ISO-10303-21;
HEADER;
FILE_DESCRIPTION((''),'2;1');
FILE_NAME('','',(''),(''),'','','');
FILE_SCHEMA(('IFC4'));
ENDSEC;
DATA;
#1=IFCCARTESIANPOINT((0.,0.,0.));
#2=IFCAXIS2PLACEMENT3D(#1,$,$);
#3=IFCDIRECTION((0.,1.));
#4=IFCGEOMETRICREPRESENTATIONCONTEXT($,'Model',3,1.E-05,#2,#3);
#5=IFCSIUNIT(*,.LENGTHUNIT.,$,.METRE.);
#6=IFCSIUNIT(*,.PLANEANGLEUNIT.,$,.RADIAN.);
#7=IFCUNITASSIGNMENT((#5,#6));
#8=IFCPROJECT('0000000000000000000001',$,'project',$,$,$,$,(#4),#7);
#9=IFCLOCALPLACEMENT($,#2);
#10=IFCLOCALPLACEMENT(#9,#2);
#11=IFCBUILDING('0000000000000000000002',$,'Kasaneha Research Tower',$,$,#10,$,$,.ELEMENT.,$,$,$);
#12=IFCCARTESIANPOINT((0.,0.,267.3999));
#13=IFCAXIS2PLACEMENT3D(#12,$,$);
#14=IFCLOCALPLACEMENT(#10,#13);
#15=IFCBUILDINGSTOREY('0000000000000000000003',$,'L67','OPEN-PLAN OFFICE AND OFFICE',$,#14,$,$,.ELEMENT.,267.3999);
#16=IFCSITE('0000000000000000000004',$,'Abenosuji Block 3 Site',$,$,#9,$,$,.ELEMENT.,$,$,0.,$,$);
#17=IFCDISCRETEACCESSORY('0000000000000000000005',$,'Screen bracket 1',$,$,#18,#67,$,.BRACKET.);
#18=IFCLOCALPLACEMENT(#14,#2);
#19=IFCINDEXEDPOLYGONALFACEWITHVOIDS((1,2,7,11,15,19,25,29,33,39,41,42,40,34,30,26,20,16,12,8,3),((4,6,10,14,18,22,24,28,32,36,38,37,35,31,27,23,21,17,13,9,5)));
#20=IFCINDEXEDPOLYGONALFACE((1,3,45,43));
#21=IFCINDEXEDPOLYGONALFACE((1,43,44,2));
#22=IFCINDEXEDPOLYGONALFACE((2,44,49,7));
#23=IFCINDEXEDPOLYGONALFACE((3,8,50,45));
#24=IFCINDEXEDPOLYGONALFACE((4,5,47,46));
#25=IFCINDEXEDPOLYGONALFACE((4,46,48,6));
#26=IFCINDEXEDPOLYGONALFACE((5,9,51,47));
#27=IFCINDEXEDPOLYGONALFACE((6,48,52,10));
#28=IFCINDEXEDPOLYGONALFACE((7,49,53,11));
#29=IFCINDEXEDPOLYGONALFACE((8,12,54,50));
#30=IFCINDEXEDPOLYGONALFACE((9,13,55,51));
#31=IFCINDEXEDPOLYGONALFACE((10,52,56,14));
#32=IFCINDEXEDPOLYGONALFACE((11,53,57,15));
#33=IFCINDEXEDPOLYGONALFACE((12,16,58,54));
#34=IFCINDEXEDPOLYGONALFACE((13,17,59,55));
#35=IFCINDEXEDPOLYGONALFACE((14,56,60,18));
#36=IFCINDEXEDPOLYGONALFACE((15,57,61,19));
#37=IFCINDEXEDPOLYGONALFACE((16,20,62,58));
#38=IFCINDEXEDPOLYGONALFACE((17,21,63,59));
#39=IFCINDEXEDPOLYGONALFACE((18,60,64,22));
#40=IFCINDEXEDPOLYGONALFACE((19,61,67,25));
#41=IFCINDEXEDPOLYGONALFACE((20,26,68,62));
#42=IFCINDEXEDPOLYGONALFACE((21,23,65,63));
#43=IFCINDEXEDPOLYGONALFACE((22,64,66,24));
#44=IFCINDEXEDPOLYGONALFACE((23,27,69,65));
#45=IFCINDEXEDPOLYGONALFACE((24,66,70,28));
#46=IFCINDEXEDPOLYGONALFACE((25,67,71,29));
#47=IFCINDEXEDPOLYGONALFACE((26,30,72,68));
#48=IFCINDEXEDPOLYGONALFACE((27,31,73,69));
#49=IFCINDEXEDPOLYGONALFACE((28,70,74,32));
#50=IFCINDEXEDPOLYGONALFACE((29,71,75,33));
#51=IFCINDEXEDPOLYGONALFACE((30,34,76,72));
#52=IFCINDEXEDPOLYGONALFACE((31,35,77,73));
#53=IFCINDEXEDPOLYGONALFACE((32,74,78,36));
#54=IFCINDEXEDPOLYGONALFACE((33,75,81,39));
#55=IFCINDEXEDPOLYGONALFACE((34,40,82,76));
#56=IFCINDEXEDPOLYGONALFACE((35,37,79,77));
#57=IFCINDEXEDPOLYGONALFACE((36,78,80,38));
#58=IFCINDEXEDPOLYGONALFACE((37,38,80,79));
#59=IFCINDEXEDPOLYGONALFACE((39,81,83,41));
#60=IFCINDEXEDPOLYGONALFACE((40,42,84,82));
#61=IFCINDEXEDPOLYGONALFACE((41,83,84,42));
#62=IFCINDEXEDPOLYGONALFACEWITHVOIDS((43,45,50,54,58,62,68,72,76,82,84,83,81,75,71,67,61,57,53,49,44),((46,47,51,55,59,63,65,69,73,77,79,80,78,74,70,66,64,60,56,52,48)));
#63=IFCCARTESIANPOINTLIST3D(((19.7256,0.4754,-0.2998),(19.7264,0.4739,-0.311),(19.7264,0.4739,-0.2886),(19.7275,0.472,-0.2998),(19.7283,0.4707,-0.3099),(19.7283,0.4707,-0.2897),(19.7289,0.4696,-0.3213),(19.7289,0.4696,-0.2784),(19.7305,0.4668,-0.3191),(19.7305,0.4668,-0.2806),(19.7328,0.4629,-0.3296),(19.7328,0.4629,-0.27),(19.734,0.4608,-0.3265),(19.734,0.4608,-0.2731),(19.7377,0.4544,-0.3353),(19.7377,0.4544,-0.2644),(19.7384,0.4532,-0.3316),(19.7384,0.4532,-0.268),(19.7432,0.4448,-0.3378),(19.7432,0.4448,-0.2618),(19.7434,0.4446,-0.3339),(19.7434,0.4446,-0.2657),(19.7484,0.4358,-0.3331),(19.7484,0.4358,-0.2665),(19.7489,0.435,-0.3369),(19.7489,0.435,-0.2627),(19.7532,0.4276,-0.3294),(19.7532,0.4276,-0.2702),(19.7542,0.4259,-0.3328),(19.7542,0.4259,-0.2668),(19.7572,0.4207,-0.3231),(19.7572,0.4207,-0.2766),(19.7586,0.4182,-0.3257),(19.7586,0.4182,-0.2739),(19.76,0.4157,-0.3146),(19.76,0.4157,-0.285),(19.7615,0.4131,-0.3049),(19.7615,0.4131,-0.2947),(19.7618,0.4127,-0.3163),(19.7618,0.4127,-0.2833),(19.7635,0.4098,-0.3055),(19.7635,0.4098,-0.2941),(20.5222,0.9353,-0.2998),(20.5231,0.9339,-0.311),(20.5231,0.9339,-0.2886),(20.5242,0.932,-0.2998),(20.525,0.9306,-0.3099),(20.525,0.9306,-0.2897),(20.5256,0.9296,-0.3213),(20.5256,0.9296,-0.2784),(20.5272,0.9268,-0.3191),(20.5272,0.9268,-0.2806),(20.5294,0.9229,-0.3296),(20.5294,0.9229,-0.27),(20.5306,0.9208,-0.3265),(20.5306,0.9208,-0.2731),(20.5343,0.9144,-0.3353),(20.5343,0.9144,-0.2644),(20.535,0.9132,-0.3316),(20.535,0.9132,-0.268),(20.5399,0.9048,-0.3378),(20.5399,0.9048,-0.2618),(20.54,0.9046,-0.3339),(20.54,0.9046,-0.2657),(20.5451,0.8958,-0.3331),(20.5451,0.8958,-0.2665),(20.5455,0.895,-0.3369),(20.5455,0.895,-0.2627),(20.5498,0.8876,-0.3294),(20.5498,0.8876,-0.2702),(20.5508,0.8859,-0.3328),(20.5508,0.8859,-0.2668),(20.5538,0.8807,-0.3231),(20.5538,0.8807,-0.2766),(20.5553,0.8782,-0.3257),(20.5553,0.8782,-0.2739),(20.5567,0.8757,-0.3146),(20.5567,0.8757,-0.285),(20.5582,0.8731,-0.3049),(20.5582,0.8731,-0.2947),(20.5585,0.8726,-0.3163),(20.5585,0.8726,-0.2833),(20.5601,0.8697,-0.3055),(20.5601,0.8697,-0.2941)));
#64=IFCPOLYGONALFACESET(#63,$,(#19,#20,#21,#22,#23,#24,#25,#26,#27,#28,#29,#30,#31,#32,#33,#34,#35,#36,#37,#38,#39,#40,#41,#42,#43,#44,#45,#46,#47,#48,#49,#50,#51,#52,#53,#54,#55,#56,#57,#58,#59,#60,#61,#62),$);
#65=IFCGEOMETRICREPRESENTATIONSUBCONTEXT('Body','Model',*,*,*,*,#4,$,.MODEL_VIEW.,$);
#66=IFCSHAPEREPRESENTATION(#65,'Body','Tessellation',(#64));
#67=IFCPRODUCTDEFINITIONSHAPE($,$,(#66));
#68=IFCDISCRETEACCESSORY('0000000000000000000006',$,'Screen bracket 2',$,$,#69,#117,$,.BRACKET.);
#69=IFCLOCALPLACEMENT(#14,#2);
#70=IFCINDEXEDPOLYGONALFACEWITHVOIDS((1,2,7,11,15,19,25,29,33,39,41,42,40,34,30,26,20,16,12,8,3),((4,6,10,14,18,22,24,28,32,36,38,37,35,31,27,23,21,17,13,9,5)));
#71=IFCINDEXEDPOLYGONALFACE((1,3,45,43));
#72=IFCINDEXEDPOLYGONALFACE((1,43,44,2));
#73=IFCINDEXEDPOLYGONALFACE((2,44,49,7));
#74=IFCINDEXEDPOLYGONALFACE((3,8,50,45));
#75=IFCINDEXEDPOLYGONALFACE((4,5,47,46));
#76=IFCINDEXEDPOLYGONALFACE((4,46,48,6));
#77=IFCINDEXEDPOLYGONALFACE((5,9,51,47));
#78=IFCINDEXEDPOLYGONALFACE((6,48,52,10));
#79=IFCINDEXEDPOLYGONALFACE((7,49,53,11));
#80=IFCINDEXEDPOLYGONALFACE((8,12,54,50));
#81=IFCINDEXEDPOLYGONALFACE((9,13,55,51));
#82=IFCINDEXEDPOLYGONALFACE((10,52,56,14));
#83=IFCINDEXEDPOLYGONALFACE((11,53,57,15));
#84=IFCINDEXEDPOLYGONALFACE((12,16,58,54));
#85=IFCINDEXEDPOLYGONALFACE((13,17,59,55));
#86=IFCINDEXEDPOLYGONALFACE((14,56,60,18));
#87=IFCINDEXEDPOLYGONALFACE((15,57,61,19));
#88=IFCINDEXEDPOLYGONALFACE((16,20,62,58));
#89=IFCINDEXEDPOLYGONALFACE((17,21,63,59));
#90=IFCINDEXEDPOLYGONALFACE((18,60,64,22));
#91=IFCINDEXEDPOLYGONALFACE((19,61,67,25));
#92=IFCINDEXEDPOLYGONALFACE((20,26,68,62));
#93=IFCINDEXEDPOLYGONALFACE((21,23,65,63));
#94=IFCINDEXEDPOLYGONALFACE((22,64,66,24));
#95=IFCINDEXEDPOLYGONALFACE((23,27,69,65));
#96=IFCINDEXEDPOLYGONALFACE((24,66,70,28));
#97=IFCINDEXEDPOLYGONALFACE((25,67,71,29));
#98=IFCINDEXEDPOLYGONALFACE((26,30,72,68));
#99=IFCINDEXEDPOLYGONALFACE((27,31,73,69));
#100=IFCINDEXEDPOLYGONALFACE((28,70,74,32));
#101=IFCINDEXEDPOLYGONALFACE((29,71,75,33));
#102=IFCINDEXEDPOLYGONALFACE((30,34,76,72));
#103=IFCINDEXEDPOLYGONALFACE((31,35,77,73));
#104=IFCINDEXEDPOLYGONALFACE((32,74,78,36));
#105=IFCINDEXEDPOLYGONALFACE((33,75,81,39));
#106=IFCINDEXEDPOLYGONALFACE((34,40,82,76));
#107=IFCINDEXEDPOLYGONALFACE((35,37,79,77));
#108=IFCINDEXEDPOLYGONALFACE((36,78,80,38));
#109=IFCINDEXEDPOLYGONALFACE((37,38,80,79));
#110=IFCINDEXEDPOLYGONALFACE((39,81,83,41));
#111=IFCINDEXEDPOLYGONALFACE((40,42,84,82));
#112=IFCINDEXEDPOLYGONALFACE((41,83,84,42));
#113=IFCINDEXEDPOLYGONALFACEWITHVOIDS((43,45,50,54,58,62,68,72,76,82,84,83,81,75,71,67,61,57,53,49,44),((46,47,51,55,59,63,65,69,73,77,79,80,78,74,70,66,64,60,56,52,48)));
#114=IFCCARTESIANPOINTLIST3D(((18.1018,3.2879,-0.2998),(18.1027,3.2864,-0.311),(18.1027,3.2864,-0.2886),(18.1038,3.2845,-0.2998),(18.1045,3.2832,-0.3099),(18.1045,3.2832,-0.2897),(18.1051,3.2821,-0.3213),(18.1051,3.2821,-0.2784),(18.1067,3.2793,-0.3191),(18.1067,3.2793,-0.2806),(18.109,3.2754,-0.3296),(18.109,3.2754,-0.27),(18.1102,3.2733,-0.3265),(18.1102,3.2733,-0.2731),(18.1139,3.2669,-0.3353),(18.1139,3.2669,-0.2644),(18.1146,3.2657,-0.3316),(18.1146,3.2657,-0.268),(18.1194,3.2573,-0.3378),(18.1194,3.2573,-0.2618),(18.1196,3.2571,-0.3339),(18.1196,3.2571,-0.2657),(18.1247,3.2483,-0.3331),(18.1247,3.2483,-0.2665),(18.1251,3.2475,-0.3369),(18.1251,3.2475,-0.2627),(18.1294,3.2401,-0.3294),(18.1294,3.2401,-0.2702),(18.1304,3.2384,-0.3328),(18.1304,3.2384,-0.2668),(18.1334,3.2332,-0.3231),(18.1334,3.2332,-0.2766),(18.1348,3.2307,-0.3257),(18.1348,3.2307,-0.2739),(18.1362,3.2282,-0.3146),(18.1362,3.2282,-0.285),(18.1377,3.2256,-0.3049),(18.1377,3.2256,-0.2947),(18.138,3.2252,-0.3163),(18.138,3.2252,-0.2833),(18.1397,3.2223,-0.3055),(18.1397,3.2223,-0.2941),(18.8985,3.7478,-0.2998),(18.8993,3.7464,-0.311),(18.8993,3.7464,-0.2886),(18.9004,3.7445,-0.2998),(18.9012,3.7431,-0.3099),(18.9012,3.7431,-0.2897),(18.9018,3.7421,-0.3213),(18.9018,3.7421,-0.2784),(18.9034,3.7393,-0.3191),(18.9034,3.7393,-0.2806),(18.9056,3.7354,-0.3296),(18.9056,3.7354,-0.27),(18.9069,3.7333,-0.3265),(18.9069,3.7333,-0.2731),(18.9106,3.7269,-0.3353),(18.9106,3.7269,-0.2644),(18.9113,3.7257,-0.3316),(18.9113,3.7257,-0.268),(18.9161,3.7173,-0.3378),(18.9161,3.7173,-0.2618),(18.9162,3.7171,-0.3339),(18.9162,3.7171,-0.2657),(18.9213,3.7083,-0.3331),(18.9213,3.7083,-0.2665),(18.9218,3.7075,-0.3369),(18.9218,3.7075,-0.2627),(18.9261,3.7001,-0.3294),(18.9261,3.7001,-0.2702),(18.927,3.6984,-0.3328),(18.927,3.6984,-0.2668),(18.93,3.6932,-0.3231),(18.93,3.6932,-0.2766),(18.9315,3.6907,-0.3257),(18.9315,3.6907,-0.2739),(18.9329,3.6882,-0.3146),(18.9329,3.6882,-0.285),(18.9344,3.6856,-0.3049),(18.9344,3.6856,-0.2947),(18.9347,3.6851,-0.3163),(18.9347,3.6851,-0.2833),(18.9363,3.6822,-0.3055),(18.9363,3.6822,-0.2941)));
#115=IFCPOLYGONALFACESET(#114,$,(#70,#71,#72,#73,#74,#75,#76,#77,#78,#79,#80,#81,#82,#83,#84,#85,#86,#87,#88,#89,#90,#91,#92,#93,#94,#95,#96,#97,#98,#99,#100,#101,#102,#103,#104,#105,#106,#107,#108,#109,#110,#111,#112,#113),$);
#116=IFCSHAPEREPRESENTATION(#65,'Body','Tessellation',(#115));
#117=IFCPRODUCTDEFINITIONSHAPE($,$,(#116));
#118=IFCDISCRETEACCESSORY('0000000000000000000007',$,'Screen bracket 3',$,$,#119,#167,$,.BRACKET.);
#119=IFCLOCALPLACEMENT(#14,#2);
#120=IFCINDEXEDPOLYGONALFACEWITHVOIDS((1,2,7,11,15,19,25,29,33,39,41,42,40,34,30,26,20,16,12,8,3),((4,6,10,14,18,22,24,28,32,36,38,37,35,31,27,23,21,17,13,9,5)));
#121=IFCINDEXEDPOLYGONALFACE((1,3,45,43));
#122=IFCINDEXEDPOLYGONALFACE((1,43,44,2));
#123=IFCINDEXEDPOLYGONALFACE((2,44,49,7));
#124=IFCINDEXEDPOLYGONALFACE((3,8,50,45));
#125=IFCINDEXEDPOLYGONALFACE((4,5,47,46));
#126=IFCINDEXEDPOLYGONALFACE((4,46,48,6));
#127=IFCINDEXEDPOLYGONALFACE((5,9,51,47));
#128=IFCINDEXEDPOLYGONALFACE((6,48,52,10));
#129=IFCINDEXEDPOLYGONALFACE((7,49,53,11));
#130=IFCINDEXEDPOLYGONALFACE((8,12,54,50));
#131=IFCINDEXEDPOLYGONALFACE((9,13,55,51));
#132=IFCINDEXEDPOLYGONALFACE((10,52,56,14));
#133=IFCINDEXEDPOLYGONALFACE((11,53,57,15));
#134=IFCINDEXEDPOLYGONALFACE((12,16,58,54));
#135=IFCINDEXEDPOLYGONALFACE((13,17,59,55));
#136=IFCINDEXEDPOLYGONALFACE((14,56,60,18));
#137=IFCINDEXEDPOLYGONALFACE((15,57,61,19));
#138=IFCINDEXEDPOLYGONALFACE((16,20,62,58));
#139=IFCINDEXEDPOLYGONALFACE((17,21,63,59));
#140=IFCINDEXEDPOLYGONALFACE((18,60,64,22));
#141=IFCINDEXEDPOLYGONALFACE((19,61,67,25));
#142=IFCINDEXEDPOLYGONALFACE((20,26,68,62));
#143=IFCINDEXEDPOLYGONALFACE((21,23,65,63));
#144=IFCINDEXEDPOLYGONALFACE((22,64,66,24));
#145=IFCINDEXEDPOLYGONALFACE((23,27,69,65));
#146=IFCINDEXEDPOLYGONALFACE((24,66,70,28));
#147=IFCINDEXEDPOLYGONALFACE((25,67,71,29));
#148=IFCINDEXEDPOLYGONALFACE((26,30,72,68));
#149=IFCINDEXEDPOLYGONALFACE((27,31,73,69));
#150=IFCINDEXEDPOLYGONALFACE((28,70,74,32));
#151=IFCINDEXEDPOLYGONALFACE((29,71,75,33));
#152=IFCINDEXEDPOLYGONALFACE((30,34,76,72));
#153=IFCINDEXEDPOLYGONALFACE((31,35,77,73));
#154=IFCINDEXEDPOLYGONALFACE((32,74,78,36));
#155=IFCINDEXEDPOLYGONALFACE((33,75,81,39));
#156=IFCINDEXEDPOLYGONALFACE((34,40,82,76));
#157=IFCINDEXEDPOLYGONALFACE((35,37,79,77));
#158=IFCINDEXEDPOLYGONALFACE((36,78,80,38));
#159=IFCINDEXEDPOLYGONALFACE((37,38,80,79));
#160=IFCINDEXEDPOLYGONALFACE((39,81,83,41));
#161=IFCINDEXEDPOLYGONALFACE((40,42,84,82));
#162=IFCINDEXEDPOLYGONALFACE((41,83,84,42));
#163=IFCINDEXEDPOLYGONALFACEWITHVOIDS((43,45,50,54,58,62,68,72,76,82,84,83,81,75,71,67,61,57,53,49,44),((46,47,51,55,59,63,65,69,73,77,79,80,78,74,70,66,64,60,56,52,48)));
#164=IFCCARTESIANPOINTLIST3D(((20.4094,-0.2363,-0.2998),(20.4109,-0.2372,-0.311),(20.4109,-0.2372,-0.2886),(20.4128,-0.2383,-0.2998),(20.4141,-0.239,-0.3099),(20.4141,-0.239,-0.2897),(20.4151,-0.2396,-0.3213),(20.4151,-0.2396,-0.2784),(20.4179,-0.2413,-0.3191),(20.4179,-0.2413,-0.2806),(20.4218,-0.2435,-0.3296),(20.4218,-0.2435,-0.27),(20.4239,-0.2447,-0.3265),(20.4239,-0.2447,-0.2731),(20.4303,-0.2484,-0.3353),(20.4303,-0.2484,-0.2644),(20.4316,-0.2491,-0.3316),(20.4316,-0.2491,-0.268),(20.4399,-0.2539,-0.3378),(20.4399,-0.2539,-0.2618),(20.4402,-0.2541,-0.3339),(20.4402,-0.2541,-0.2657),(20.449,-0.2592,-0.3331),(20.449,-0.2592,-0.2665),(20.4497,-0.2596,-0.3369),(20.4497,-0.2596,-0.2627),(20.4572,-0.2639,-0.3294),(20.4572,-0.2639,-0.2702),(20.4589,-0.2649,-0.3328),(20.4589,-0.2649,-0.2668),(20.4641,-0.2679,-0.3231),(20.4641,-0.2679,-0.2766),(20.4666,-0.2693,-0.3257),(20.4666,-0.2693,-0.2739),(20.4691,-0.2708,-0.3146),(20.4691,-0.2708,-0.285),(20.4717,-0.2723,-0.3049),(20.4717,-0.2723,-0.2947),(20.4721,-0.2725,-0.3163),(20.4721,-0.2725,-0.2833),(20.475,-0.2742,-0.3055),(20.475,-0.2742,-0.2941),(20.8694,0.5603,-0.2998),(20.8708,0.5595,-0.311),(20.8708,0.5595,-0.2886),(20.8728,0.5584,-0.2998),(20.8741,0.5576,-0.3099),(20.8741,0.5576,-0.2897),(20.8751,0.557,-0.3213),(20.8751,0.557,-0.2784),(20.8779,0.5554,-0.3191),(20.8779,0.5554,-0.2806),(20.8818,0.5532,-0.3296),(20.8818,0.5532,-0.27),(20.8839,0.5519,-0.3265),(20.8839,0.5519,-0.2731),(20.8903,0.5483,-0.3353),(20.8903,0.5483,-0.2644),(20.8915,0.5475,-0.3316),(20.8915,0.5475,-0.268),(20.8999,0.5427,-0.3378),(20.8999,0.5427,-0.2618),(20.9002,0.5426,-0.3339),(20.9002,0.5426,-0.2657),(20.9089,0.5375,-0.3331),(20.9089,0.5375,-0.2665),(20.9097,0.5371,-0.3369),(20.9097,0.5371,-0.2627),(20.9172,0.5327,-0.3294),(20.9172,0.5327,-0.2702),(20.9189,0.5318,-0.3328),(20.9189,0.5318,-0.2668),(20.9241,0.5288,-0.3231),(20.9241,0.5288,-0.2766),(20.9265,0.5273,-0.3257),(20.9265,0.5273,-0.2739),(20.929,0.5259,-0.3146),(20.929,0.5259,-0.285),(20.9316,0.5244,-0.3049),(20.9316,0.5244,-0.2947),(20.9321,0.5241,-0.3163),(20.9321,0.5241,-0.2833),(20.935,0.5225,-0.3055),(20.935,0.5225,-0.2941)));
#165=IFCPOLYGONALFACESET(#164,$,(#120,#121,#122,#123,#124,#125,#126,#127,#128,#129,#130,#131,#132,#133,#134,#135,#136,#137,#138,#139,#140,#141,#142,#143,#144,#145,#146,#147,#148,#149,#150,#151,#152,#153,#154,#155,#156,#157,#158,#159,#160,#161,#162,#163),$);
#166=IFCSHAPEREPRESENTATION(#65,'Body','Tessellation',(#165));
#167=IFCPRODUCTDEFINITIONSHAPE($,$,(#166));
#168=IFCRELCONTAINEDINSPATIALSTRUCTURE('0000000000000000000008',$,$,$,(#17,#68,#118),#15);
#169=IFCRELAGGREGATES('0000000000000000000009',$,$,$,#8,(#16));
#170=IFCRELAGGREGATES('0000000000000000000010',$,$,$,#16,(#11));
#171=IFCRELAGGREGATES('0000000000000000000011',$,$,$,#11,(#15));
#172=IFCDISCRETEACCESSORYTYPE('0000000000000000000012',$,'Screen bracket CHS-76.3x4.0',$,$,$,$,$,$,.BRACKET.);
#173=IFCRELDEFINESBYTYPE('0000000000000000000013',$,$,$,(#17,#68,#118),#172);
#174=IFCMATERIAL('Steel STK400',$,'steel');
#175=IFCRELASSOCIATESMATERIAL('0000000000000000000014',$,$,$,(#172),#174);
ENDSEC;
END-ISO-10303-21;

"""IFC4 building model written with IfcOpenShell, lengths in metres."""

from ifc_helpers import new_model, si_unit, direction, frame, origin, origin_2d, place, context, subcontext, project, spatial, hollow_circle, extrude, material, material_profile, profile_set, type_object, element, save


model = new_model("IFC4")

# Units and contexts
model_context = context("Model", 3, precision=1e-05, world=origin(), true_north=direction((0.0, 1.0)))
body_context = subcontext(model_context, "Body", "Model", "MODEL_VIEW")
ifc_project = project(units=[si_unit("LENGTHUNIT", "METRE"), si_unit("PLANEANGLEUNIT", "RADIAN")], contexts=[model_context])

# Site, building, storey
site_placement = place(None, origin())
site = spatial("IfcSite", under=ifc_project, at=site_placement, Name="Abenosuji Block 3 Site", CompositionType="ELEMENT", RefElevation=0.0)
building_placement = place(site_placement, origin())
building = spatial("IfcBuilding", under=site, at=building_placement, Name="Kasaneha Research Tower", CompositionType="ELEMENT")
storey_placement = place(building_placement, frame((0.0, 0.0, 267.3999)))
storey = spatial("IfcBuildingStorey", under=building, at=storey_placement, Name="L67", Description="OPEN-PLAN OFFICE AND OFFICE", CompositionType="ELEMENT", Elevation=267.3999)

# Discrete accessories
ifc_material_1 = material(Name="Steel STK400", Category="steel")
ifc_material_profile_1 = material_profile(ifc_material_1, hollow_circle(Radius=0.0381, WallThickness=0.0039, at=origin_2d()), Name="CHS-76.3x4.0")
ifc_profile_set_1 = profile_set([ifc_material_profile_1], Name="Steel STK400")
discrete_accessory_type = type_object("IfcDiscreteAccessoryType", Name="Screen bracket CHS-76.3x4.0", PredefinedType="BRACKET", material=ifc_profile_set_1)
for number, where, z_axis, x_axis, name in (
    (1, (19.7446, 0.4424, -0.2998), (0.866013, 0.500021, 0.0), (-0.500021, 0.866013, 0.0), "Screen bracket 1"),
    (2, (18.1208, 3.2549, -0.2998), (0.866013, 0.500021, 0.0), (-0.500021, 0.866013, 0.0), "Screen bracket 2"),
    (3, (20.4424, -0.2554, -0.2998), (0.500021, 0.866013, 0.0), (-0.866013, 0.500021, 0.0), "Screen bracket 3"),
):
    element("IfcDiscreteAccessory", number, at=place(storey_placement, frame(where, z_axis=z_axis, x_axis=x_axis)), inside=storey, type_object=discrete_accessory_type, Name=name, PredefinedType="BRACKET", context=body_context, shape_type="SweptSolid", body=[
        extrude(hollow_circle(Radius=0.0381, WallThickness=0.0039, at=origin_2d()), origin(), (0.0, 0.0, 1.0), 0.9199),
    ])

save(model, "model.ifc")
